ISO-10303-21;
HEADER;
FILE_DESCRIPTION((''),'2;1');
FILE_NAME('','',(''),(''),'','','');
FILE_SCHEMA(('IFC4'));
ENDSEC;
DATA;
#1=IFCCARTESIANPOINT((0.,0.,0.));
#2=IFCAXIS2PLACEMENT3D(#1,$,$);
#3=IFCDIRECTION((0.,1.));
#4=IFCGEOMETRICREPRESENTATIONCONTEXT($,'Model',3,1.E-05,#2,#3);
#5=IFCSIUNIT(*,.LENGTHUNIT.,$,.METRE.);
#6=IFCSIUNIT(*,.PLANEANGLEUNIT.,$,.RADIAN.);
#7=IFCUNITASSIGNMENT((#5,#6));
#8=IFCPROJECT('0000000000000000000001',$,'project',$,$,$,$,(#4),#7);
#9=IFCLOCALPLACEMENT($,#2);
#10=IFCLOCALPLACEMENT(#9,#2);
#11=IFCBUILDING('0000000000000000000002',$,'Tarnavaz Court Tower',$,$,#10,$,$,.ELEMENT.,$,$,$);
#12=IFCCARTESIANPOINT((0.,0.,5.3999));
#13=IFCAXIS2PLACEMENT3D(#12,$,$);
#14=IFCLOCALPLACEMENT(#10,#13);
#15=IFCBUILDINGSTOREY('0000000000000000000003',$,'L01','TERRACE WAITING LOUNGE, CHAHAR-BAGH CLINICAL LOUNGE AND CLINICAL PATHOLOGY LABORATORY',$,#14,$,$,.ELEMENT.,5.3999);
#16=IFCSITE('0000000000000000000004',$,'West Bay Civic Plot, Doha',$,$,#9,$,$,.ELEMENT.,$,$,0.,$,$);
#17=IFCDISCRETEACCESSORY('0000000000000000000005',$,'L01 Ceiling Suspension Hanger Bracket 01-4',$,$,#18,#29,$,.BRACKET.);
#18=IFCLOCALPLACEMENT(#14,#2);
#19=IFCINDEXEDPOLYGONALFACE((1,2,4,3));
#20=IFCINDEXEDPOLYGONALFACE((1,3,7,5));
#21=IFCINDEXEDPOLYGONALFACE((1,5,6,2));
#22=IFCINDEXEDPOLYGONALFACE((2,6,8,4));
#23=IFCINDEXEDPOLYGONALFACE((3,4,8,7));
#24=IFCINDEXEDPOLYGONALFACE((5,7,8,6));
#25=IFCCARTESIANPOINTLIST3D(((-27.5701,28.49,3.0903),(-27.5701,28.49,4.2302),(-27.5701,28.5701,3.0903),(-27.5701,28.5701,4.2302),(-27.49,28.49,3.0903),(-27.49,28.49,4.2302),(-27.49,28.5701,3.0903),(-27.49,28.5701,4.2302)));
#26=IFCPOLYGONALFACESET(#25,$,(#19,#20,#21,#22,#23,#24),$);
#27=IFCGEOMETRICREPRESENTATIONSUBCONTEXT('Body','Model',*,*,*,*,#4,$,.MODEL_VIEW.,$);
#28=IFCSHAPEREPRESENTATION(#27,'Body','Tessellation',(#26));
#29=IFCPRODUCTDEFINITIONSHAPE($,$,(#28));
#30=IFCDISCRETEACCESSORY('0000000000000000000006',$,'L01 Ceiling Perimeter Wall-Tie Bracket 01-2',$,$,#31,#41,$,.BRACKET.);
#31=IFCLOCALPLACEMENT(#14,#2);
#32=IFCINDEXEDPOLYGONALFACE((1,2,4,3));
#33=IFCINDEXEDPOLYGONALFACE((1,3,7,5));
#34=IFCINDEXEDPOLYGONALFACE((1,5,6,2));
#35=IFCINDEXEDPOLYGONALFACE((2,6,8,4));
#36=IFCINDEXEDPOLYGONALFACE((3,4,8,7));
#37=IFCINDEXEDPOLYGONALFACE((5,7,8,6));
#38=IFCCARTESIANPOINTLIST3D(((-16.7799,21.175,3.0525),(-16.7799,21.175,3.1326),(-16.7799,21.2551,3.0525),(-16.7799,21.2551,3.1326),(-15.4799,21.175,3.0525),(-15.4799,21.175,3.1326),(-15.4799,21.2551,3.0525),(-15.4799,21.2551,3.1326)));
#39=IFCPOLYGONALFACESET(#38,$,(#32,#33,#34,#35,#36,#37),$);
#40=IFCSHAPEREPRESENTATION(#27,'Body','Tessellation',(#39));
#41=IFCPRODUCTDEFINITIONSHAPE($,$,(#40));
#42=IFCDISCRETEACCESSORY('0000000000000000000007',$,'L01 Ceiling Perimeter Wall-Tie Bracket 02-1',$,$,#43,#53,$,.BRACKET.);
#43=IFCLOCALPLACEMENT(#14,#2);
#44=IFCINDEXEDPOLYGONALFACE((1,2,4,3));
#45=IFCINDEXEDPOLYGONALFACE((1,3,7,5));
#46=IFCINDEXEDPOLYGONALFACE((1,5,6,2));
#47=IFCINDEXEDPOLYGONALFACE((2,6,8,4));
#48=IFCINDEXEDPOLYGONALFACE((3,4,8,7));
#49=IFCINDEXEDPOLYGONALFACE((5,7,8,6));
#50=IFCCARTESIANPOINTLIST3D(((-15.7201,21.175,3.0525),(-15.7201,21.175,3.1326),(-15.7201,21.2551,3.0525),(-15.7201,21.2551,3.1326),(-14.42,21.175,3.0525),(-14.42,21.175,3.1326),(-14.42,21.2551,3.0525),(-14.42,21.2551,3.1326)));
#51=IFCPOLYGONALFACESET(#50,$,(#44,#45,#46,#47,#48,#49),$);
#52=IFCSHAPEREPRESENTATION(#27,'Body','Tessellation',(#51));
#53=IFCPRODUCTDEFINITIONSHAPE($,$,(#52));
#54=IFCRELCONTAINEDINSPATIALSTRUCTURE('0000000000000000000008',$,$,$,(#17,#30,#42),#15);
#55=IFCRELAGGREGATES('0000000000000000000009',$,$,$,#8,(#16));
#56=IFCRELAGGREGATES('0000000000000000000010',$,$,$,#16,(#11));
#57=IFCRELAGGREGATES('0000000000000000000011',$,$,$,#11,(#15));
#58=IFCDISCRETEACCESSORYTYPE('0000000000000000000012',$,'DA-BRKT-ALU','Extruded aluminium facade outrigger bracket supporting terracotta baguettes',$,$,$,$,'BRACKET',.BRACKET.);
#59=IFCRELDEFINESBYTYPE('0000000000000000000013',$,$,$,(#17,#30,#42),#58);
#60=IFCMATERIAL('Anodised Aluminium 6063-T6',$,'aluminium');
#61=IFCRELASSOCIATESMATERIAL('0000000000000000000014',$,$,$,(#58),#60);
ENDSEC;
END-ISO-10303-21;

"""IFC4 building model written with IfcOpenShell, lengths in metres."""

from ifc_helpers import new_model, si_unit, direction, frame, origin, origin_2d, place, context, subcontext, project, spatial, rectangle, extrude, material, type_object, element, save


model = new_model("IFC4")

# Units and contexts
model_context = context("Model", 3, precision=1e-05, world=origin(), true_north=direction((0.0, 1.0)))
body_context = subcontext(model_context, "Body", "Model", "MODEL_VIEW")
ifc_project = project(units=[si_unit("LENGTHUNIT", "METRE"), si_unit("PLANEANGLEUNIT", "RADIAN")], contexts=[model_context])

# Site, building, storey
site_placement = place(None, origin())
site = spatial("IfcSite", under=ifc_project, at=site_placement, Name="West Bay Civic Plot, Doha", CompositionType="ELEMENT", RefElevation=0.0)
building_placement = place(site_placement, origin())
building = spatial("IfcBuilding", under=site, at=building_placement, Name="Tarnavaz Court Tower", CompositionType="ELEMENT")
storey_placement = place(building_placement, frame((0.0, 0.0, 5.3999)))
storey = spatial("IfcBuildingStorey", under=building, at=storey_placement, Name="L01", Description="TERRACE WAITING LOUNGE, CHAHAR-BAGH CLINICAL LOUNGE AND CLINICAL PATHOLOGY LABORATORY", CompositionType="ELEMENT", Elevation=5.3999)

# Shared definitions
ifc_material_1 = material(Name="Anodised Aluminium 6063-T6", Category="aluminium")

# Discrete accessories
discrete_accessory_type = type_object("IfcDiscreteAccessoryType", Name="DA-BRKT-ALU", Description="Extruded aluminium facade outrigger bracket supporting terracotta baguettes", ElementType="BRACKET", PredefinedType="BRACKET", material=ifc_material_1)
for number, where, z_axis, x_axis, name in (
    (1, (-27.53, 28.53, 3.0903), (0.0, 0.0, 1.0), (1.0, 0.0, 0.0), "L01 Ceiling Suspension Hanger Bracket 01-4"),
):
    element("IfcDiscreteAccessory", number, at=place(storey_placement, frame(where, z_axis=z_axis, x_axis=x_axis)), inside=storey, type_object=discrete_accessory_type, Name=name, PredefinedType="BRACKET", context=body_context, shape_type="SweptSolid", body=[
        extrude(rectangle(XDim=0.0801, YDim=0.0801, at=origin_2d()), origin(), (0.0, 0.0, 1.0), 1.1399),
    ])
for number, where, z_axis, x_axis, name in (
    (2, (-16.1299, 21.2151, 3.0525), (0.0, 0.0, 1.0), (1.0, 0.0, 0.0), "L01 Ceiling Perimeter Wall-Tie Bracket 01-2"),
    (3, (-15.0701, 21.2151, 3.0525), (0.0, 0.0, 1.0), (1.0, 0.0, 0.0), "L01 Ceiling Perimeter Wall-Tie Bracket 02-1"),
):
    element("IfcDiscreteAccessory", number, at=place(storey_placement, frame(where, z_axis=z_axis, x_axis=x_axis)), inside=storey, type_object=discrete_accessory_type, Name=name, PredefinedType="BRACKET", context=body_context, shape_type="SweptSolid", body=[
        extrude(rectangle(XDim=1.3, YDim=0.0801, at=origin_2d()), origin(), (0.0, 0.0, 1.0), 0.0801),
    ])

save(model, "model.ifc")
